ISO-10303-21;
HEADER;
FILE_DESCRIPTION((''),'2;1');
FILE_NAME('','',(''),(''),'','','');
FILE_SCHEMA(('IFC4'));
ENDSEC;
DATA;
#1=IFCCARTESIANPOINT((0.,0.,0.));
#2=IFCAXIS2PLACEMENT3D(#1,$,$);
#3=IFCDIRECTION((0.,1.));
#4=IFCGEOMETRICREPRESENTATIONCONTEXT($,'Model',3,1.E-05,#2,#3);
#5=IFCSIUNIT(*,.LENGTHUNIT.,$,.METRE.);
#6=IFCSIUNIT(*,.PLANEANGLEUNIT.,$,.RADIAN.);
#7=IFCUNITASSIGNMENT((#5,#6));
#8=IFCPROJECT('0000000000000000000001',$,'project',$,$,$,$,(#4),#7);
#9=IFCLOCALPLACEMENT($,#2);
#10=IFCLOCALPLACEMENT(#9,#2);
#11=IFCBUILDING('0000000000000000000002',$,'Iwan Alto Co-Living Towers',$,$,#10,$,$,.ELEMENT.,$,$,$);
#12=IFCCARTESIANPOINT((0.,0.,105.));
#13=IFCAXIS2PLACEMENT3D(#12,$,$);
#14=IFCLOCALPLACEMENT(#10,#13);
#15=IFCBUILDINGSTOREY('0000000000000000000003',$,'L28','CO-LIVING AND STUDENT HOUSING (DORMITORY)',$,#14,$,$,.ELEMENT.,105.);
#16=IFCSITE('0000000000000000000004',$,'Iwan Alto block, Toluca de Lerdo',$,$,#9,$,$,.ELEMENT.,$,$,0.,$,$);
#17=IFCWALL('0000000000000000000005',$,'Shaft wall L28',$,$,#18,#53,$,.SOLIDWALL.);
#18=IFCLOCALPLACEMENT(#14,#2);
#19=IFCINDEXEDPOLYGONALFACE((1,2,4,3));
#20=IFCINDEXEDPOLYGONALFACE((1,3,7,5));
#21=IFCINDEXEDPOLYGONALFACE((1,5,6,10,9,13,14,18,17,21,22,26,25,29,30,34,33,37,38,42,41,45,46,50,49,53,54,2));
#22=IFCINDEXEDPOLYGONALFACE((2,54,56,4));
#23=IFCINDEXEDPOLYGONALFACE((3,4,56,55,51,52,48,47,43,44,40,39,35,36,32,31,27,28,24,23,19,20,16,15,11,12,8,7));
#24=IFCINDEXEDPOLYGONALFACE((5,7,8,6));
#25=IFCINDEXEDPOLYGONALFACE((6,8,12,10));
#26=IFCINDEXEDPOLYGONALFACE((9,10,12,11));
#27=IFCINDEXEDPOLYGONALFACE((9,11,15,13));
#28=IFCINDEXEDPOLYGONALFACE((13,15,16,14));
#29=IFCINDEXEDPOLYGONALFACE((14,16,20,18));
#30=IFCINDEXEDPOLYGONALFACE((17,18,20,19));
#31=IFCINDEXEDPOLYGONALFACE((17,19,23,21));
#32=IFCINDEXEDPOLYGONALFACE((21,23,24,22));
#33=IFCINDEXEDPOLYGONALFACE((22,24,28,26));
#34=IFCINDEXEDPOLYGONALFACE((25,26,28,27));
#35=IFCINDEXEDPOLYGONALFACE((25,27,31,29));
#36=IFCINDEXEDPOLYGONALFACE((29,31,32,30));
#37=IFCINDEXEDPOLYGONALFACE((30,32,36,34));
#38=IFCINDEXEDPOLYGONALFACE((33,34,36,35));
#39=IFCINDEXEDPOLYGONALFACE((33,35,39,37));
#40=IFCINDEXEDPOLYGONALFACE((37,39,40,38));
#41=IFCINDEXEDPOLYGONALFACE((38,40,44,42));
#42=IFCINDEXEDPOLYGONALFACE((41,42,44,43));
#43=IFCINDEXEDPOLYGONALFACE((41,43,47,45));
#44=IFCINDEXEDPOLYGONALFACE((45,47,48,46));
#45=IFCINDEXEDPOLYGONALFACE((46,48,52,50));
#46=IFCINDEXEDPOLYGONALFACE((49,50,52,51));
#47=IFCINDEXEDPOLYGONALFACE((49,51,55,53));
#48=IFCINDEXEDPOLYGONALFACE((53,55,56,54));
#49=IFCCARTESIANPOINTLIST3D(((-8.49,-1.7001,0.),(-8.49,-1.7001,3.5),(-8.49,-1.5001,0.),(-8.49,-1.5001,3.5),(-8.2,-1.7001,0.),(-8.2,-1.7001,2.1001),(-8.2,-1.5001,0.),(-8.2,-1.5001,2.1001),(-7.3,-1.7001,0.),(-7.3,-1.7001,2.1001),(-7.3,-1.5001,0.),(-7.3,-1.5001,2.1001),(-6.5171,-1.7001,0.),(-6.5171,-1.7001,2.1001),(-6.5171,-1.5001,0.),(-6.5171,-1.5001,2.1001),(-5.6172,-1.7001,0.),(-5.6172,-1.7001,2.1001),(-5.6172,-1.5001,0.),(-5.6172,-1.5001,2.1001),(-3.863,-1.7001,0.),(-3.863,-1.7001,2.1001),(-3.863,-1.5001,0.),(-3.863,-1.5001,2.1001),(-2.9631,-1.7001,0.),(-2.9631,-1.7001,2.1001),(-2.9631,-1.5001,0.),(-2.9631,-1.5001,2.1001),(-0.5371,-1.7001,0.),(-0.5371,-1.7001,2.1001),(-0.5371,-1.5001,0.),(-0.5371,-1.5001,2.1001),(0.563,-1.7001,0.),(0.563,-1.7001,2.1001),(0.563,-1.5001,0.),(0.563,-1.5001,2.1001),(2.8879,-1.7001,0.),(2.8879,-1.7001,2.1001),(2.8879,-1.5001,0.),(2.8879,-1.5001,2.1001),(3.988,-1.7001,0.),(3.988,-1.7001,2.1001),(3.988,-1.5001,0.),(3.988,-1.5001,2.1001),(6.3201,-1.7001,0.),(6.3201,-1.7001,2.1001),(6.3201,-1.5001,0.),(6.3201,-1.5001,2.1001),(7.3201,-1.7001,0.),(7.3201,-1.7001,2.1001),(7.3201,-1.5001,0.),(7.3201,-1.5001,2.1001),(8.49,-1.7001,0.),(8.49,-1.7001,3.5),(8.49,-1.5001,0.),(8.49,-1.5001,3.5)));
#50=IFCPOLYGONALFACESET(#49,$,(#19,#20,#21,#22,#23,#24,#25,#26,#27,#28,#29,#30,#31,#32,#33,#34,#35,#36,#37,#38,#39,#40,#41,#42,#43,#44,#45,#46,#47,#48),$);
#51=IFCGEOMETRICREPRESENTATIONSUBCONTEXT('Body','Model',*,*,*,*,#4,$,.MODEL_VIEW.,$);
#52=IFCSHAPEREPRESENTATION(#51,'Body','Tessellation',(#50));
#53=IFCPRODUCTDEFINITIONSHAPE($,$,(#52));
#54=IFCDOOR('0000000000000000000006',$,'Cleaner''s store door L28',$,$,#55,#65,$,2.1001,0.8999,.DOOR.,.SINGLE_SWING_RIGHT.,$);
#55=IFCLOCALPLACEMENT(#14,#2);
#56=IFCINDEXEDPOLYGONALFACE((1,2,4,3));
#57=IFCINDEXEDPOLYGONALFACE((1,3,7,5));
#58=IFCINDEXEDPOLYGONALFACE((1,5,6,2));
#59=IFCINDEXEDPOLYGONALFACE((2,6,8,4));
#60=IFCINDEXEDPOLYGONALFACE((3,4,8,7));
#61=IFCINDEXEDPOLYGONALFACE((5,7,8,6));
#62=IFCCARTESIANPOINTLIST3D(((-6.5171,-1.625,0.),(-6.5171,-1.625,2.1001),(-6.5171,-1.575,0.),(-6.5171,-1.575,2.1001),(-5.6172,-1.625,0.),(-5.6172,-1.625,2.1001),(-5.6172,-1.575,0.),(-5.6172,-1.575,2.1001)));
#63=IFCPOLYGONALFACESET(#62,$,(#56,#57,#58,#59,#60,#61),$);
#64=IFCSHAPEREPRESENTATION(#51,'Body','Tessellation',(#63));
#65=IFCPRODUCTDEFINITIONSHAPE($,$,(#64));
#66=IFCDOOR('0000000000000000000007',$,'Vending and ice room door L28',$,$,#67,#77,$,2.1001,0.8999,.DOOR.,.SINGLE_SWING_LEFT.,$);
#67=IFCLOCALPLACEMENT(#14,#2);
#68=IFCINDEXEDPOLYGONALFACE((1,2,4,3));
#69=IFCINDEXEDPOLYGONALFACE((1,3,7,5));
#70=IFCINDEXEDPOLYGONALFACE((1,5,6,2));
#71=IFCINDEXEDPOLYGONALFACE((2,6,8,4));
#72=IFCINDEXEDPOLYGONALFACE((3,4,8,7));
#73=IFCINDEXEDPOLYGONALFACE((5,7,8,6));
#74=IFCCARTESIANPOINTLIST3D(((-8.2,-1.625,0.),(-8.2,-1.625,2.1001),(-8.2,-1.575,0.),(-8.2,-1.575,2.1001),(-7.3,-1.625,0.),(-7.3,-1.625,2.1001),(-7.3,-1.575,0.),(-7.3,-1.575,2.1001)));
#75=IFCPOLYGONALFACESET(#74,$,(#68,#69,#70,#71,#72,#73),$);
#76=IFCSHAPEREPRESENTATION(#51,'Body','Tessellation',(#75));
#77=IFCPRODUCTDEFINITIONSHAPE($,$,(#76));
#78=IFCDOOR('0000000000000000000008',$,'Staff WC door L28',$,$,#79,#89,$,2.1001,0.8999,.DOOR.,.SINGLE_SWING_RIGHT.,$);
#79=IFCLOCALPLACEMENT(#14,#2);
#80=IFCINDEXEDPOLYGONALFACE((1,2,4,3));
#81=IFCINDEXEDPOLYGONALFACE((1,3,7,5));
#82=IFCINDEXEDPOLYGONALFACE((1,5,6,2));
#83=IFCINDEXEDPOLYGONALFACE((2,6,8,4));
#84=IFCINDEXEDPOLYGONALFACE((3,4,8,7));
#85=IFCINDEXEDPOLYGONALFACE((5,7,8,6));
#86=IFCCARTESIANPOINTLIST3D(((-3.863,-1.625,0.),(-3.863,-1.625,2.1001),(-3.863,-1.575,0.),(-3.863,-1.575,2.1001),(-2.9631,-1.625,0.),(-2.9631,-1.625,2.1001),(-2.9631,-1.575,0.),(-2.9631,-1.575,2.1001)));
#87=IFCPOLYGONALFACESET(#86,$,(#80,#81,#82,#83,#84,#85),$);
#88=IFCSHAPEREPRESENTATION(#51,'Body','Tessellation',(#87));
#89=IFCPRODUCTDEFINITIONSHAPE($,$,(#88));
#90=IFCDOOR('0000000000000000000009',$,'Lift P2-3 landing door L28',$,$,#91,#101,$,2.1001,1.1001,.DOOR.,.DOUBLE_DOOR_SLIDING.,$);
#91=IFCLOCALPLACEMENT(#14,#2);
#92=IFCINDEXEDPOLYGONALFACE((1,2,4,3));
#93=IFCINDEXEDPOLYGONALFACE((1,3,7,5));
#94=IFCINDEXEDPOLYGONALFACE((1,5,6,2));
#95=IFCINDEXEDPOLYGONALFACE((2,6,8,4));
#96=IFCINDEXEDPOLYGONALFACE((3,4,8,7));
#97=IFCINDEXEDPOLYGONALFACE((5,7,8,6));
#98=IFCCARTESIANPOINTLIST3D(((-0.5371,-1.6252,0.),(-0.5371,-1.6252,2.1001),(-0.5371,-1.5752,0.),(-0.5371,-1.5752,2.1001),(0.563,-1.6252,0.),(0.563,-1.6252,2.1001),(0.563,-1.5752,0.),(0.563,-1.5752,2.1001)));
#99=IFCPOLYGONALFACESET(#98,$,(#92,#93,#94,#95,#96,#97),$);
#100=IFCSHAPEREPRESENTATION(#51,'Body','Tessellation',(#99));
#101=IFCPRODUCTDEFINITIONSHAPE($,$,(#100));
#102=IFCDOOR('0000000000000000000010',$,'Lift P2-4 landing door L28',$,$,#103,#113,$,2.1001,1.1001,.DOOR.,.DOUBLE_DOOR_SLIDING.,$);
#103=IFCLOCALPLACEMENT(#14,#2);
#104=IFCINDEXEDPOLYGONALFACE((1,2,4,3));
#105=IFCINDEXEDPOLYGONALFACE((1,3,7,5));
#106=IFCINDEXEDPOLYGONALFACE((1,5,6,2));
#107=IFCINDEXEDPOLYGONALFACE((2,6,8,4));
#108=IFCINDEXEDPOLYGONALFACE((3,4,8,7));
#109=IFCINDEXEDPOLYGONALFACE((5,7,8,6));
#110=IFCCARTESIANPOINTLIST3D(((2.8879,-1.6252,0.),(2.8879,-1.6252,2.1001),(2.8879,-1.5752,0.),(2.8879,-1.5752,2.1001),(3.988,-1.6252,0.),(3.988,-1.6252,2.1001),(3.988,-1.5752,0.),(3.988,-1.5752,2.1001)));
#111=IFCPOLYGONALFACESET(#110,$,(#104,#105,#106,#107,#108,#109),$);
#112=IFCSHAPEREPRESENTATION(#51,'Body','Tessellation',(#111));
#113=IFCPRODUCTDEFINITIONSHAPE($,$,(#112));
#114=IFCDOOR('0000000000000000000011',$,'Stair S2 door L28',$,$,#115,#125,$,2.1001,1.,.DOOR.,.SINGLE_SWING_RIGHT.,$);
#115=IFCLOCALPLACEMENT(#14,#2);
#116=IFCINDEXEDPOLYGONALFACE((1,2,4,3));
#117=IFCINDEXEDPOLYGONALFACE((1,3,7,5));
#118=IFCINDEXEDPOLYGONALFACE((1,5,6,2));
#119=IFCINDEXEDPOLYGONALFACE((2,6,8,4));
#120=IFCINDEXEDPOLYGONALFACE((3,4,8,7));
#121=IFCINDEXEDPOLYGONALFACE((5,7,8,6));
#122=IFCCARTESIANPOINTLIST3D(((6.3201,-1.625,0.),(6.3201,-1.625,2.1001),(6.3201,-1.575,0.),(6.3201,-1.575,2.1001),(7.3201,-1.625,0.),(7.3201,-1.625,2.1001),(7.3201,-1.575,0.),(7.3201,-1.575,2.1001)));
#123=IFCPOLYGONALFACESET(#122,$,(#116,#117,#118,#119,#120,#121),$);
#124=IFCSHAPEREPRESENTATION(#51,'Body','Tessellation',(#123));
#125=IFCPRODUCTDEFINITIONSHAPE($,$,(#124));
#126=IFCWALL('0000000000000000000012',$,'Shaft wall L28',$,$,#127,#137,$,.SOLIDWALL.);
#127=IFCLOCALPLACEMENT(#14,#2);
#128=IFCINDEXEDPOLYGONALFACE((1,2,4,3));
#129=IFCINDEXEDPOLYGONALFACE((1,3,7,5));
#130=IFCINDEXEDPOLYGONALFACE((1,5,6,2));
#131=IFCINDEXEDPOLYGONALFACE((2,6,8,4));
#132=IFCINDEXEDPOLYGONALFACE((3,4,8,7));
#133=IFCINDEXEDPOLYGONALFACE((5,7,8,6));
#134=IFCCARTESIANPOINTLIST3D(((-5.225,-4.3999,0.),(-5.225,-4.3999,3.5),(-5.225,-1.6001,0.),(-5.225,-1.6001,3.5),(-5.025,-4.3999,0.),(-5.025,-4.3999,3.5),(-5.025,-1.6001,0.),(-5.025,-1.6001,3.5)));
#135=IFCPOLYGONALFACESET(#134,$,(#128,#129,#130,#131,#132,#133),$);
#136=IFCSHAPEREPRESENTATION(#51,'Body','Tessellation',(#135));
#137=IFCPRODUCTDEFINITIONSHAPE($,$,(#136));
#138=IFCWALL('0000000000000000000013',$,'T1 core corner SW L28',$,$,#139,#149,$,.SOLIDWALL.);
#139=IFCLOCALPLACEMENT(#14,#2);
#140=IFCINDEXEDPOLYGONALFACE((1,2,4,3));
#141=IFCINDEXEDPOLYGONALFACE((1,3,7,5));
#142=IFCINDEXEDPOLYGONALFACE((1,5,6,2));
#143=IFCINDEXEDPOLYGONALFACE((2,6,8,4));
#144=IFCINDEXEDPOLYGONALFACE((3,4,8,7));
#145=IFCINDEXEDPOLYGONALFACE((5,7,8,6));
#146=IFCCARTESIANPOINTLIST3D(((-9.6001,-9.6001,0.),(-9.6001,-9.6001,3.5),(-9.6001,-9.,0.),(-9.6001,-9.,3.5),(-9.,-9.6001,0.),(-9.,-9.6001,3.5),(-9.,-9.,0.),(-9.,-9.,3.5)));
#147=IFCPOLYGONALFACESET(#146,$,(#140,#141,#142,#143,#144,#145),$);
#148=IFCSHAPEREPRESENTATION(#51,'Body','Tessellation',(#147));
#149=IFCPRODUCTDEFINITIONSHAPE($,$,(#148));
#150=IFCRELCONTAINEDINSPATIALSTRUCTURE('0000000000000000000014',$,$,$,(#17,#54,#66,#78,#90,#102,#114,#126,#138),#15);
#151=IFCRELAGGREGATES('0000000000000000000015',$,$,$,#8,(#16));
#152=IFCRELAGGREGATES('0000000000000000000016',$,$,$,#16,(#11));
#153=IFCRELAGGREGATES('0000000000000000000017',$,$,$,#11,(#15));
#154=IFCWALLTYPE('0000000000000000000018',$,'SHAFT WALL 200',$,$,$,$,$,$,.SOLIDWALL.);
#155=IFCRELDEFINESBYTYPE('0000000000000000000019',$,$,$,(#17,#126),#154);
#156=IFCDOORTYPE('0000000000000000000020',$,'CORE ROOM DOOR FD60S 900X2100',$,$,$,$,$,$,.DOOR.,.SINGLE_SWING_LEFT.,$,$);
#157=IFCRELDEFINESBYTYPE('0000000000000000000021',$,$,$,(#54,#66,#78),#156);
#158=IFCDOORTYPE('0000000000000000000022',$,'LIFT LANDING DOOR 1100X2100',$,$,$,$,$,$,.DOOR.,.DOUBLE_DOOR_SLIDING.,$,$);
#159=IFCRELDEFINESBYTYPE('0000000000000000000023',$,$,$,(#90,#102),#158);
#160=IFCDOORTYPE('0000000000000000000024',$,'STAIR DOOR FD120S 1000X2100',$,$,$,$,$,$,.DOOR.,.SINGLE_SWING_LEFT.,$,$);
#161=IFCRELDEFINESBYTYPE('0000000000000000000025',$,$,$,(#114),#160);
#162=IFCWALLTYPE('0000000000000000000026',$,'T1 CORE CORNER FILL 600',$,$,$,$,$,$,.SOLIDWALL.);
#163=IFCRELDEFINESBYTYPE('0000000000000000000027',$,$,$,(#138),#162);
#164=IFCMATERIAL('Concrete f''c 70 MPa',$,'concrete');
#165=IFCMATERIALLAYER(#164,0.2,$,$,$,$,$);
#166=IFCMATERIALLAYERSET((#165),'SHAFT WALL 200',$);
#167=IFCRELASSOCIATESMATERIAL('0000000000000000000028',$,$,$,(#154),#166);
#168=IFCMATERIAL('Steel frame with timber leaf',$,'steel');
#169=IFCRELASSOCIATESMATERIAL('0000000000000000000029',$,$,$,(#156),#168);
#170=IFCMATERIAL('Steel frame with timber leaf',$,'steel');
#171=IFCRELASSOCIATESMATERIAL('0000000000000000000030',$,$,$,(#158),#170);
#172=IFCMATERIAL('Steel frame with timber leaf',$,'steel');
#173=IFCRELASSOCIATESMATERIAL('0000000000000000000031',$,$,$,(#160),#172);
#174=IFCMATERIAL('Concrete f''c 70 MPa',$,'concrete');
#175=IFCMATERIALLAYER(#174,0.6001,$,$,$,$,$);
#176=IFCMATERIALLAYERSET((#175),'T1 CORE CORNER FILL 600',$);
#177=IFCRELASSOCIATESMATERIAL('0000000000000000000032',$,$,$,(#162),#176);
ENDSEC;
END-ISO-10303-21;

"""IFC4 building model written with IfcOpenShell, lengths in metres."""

from ifc_helpers import new_model, si_unit, direction, frame, frame_2d, origin, place, context, subcontext, project, spatial, rectangle, extrude, material, layer, layer_set, type_object, element, fill, save


model = new_model("IFC4")

# Units and contexts
model_context = context("Model", 3, precision=1e-05, world=origin(), true_north=direction((0.0, 1.0)))
body_context = subcontext(model_context, "Body", "Model", "MODEL_VIEW")
ifc_project = project(units=[si_unit("LENGTHUNIT", "METRE"), si_unit("PLANEANGLEUNIT", "RADIAN")], contexts=[model_context])

# Site, building, storey
site_placement = place(None, origin())
site = spatial("IfcSite", under=ifc_project, at=site_placement, Name="Iwan Alto block, Toluca de Lerdo", CompositionType="ELEMENT", RefElevation=0.0)
building_placement = place(site_placement, origin())
building = spatial("IfcBuilding", under=site, at=building_placement, Name="Iwan Alto Co-Living Towers", CompositionType="ELEMENT")
storey_placement = place(building_placement, frame((0.0, 0.0, 105.0)))
storey = spatial("IfcBuildingStorey", under=building, at=storey_placement, Name="L28", Description="CO-LIVING AND STUDENT HOUSING (DORMITORY)", CompositionType="ELEMENT", Elevation=105.0)

# Shared definitions
ifc_material_1 = material(Name="Concrete f'c 70 MPa", Category="concrete")
ifc_layer_1 = layer(ifc_material_1, 0.2)
ifc_layer_set_1 = layer_set([ifc_layer_1], Name="SHAFT WALL 200")
wall_type_1 = type_object("IfcWallType", Name="SHAFT WALL 200", PredefinedType="SOLIDWALL", material=ifc_layer_set_1)

# Wall, openings, doors
wall_1_placement = place(storey_placement, frame((-8.49, -1.6001, 0.0), z_axis=(0.0, 0.0, 1.0), x_axis=(1.0, 0.0, 0.0)))
wall_1 = element("IfcWall", 1, at=wall_1_placement, inside=storey, type_object=wall_type_1, Name="Shaft wall L28", PredefinedType="SOLIDWALL", context=body_context, shape_type="SweptSolid", body=[
    extrude(rectangle(XDim=16.98, YDim=0.2, at=frame_2d((8.49, 0.0))), origin(), (0.0, 0.0, 1.0), 3.5),
])
opening_1_placement = place(wall_1_placement, frame((14.8101, 0.0, 0.0)))
opening_1 = element("IfcOpeningElement", 2, at=opening_1_placement, cuts=wall_1, PredefinedType="OPENING", context=body_context, shape_type="SweptSolid", body=[
    extrude(rectangle(XDim=1.0, YDim=2.1001, at=frame_2d((0.5, 1.05))), frame((0.0, 0.1099, 0.0), z_axis=(0.0, -1.0, 0.0), x_axis=(1.0, 0.0, 0.0)), (0.0, 0.0, 1.0), 0.22),
])
opening_2_placement = place(wall_1_placement, frame((1.9729, 0.0, 0.0)))
opening_2 = element("IfcOpeningElement", 3, at=opening_2_placement, cuts=wall_1, PredefinedType="OPENING", context=body_context, shape_type="SweptSolid", body=[
    extrude(rectangle(XDim=0.8999, YDim=2.1001, at=frame_2d((0.45, 1.05))), frame((0.0, 0.1099, 0.0), z_axis=(0.0, -1.0, 0.0), x_axis=(1.0, 0.0, 0.0)), (0.0, 0.0, 1.0), 0.22),
])
opening_3_placement = place(wall_1_placement, frame((0.29, 0.0, 0.0)))
opening_3 = element("IfcOpeningElement", 4, at=opening_3_placement, cuts=wall_1, PredefinedType="OPENING", context=body_context, shape_type="SweptSolid", body=[
    extrude(rectangle(XDim=0.8999, YDim=2.1001, at=frame_2d((0.45, 1.05))), frame((0.0, 0.1099, 0.0), z_axis=(0.0, -1.0, 0.0), x_axis=(1.0, 0.0, 0.0)), (0.0, 0.0, 1.0), 0.22),
])
opening_4_placement = place(wall_1_placement, frame((4.627, 0.0, 0.0)))
opening_4 = element("IfcOpeningElement", 5, at=opening_4_placement, cuts=wall_1, PredefinedType="OPENING", context=body_context, shape_type="SweptSolid", body=[
    extrude(rectangle(XDim=0.8999, YDim=2.1001, at=frame_2d((0.45, 1.05))), frame((0.0, 0.1099, 0.0), z_axis=(0.0, -1.0, 0.0), x_axis=(1.0, 0.0, 0.0)), (0.0, 0.0, 1.0), 0.22),
])
opening_5_placement = place(wall_1_placement, frame((7.9529, 0.0, 0.0)))
opening_5 = element("IfcOpeningElement", 6, at=opening_5_placement, cuts=wall_1, PredefinedType="OPENING", context=body_context, shape_type="SweptSolid", body=[
    extrude(rectangle(XDim=1.1001, YDim=2.1001, at=frame_2d((0.55, 1.05))), frame((0.0, 0.1099, 0.0), z_axis=(0.0, -1.0, 0.0), x_axis=(1.0, 0.0, 0.0)), (0.0, 0.0, 1.0), 0.22),
])
opening_6_placement = place(wall_1_placement, frame((11.3779, 0.0, 0.0)))
opening_6 = element("IfcOpeningElement", 7, at=opening_6_placement, cuts=wall_1, PredefinedType="OPENING", context=body_context, shape_type="SweptSolid", body=[
    extrude(rectangle(XDim=1.1001, YDim=2.1001, at=frame_2d((0.55, 1.05))), frame((0.0, 0.1099, 0.0), z_axis=(0.0, -1.0, 0.0), x_axis=(1.0, 0.0, 0.0)), (0.0, 0.0, 1.0), 0.22),
])
ifc_material_2 = material(Name="Steel frame with timber leaf", Category="steel")
door_type_1 = type_object("IfcDoorType", Name="CORE ROOM DOOR FD60S 900X2100", OperationType="SINGLE_SWING_LEFT", PredefinedType="DOOR", material=ifc_material_2)
door_1_placement = place(opening_2_placement, frame((0.8999, 0.0, 0.0), z_axis=(0.0, 0.0, 1.0), x_axis=(-1.0, 0.0, 0.0)))
door_1 = element("IfcDoor", 8, at=door_1_placement, inside=storey, type_object=door_type_1, Name="Cleaner's store door L28", OperationType="SINGLE_SWING_RIGHT", OverallHeight=2.1001, OverallWidth=0.8999, PredefinedType="DOOR", context=body_context, shape_type="SweptSolid", body=[
    extrude(rectangle(XDim=0.8999, YDim=2.1001, at=frame_2d((0.45, 1.05))), frame((0.0, 0.0249, 0.0), z_axis=(0.0, -1.0, 0.0), x_axis=(1.0, 0.0, 0.0)), (0.0, 0.0, 1.0), 0.05),
])
fill(opening_2, door_1)
door_2_placement = place(opening_3_placement, frame((0.8999, 0.0, 0.0), z_axis=(0.0, 0.0, 1.0), x_axis=(-1.0, 0.0, 0.0)))
door_2 = element("IfcDoor", 9, at=door_2_placement, inside=storey, type_object=door_type_1, Name="Vending and ice room door L28", OperationType="SINGLE_SWING_LEFT", OverallHeight=2.1001, OverallWidth=0.8999, PredefinedType="DOOR", context=body_context, shape_type="SweptSolid", body=[
    extrude(rectangle(XDim=0.8999, YDim=2.1001, at=frame_2d((0.45, 1.05))), frame((0.0, 0.0249, 0.0), z_axis=(0.0, -1.0, 0.0), x_axis=(1.0, 0.0, 0.0)), (0.0, 0.0, 1.0), 0.05),
])
fill(opening_3, door_2)
door_3_placement = place(opening_4_placement, frame((0.8999, 0.0, 0.0), z_axis=(0.0, 0.0, 1.0), x_axis=(-1.0, 0.0, 0.0)))
door_3 = element("IfcDoor", 10, at=door_3_placement, inside=storey, type_object=door_type_1, Name="Staff WC door L28", OperationType="SINGLE_SWING_RIGHT", OverallHeight=2.1001, OverallWidth=0.8999, PredefinedType="DOOR", context=body_context, shape_type="SweptSolid", body=[
    extrude(rectangle(XDim=0.8999, YDim=2.1001, at=frame_2d((0.45, 1.05))), frame((0.0, 0.0249, 0.0), z_axis=(0.0, -1.0, 0.0), x_axis=(1.0, 0.0, 0.0)), (0.0, 0.0, 1.0), 0.05),
])
fill(opening_4, door_3)
ifc_material_3 = material(Name="Steel frame with timber leaf", Category="steel")
door_type_2 = type_object("IfcDoorType", Name="LIFT LANDING DOOR 1100X2100", OperationType="DOUBLE_DOOR_SLIDING", PredefinedType="DOOR", material=ifc_material_3)
door_4_placement = place(opening_5_placement, origin())
door_4 = element("IfcDoor", 11, at=door_4_placement, inside=storey, type_object=door_type_2, Name="Lift P2-3 landing door L28", OperationType="DOUBLE_DOOR_SLIDING", OverallHeight=2.1001, OverallWidth=1.1001, PredefinedType="DOOR", context=body_context, shape_type="SweptSolid", body=[
    extrude(rectangle(XDim=1.1001, YDim=2.1001, at=frame_2d((0.55, 1.05))), frame((0.0, 0.0249, 0.0), z_axis=(0.0, -1.0, 0.0), x_axis=(1.0, 0.0, 0.0)), (0.0, 0.0, 1.0), 0.05),
])
fill(opening_5, door_4)
door_5_placement = place(opening_6_placement, origin())
door_5 = element("IfcDoor", 12, at=door_5_placement, inside=storey, type_object=door_type_2, Name="Lift P2-4 landing door L28", OperationType="DOUBLE_DOOR_SLIDING", OverallHeight=2.1001, OverallWidth=1.1001, PredefinedType="DOOR", context=body_context, shape_type="SweptSolid", body=[
    extrude(rectangle(XDim=1.1001, YDim=2.1001, at=frame_2d((0.55, 1.05))), frame((0.0, 0.0249, 0.0), z_axis=(0.0, -1.0, 0.0), x_axis=(1.0, 0.0, 0.0)), (0.0, 0.0, 1.0), 0.05),
])
fill(opening_6, door_5)
ifc_material_4 = material(Name="Steel frame with timber leaf", Category="steel")
door_type_3 = type_object("IfcDoorType", Name="STAIR DOOR FD120S 1000X2100", OperationType="SINGLE_SWING_LEFT", PredefinedType="DOOR", material=ifc_material_4)
door_6_placement = place(opening_1_placement, frame((1.0, 0.0, 0.0), z_axis=(0.0, 0.0, 1.0), x_axis=(-1.0, 0.0, 0.0)))
door_6 = element("IfcDoor", 13, at=door_6_placement, inside=storey, type_object=door_type_3, Name="Stair S2 door L28", OperationType="SINGLE_SWING_RIGHT", OverallHeight=2.1001, OverallWidth=1.0, PredefinedType="DOOR", context=body_context, shape_type="SweptSolid", body=[
    extrude(rectangle(XDim=1.0, YDim=2.1001, at=frame_2d((0.5, 1.05))), frame((0.0, 0.0249, 0.0), z_axis=(0.0, -1.0, 0.0), x_axis=(1.0, 0.0, 0.0)), (0.0, 0.0, 1.0), 0.05),
])
fill(opening_1, door_6)

# Walls
wall_2_placement = place(storey_placement, frame((-5.125, -4.3999, 0.0), z_axis=(0.0, 0.0, 1.0), x_axis=(0.0, 1.0, 0.0)))
element("IfcWall", 14, at=wall_2_placement, inside=storey, type_object=wall_type_1, Name="Shaft wall L28", PredefinedType="SOLIDWALL", context=body_context, shape_type="SweptSolid", body=[
    extrude(rectangle(XDim=2.7998, YDim=0.2, at=frame_2d((1.3999, 0.0))), origin(), (0.0, 0.0, 1.0), 3.5),
])
ifc_material_5 = material(Name="Concrete f'c 70 MPa", Category="concrete")
ifc_layer_2 = layer(ifc_material_5, 0.6001)
ifc_layer_set_2 = layer_set([ifc_layer_2], Name="T1 CORE CORNER FILL 600")
wall_type_2 = type_object("IfcWallType", Name="T1 CORE CORNER FILL 600", PredefinedType="SOLIDWALL", material=ifc_layer_set_2)
wall_3_placement = place(storey_placement, frame((-9.6001, -9.3, 0.0), z_axis=(0.0, 0.0, 1.0), x_axis=(1.0, 0.0, 0.0)))
element("IfcWall", 15, at=wall_3_placement, inside=storey, type_object=wall_type_2, Name="T1 core corner SW L28", PredefinedType="SOLIDWALL", context=body_context, shape_type="SweptSolid", body=[
    extrude(rectangle(XDim=0.6001, YDim=0.6001, at=frame_2d((0.3, 0.0))), origin(), (0.0, 0.0, 1.0), 3.5),
])

save(model, "model.ifc")
